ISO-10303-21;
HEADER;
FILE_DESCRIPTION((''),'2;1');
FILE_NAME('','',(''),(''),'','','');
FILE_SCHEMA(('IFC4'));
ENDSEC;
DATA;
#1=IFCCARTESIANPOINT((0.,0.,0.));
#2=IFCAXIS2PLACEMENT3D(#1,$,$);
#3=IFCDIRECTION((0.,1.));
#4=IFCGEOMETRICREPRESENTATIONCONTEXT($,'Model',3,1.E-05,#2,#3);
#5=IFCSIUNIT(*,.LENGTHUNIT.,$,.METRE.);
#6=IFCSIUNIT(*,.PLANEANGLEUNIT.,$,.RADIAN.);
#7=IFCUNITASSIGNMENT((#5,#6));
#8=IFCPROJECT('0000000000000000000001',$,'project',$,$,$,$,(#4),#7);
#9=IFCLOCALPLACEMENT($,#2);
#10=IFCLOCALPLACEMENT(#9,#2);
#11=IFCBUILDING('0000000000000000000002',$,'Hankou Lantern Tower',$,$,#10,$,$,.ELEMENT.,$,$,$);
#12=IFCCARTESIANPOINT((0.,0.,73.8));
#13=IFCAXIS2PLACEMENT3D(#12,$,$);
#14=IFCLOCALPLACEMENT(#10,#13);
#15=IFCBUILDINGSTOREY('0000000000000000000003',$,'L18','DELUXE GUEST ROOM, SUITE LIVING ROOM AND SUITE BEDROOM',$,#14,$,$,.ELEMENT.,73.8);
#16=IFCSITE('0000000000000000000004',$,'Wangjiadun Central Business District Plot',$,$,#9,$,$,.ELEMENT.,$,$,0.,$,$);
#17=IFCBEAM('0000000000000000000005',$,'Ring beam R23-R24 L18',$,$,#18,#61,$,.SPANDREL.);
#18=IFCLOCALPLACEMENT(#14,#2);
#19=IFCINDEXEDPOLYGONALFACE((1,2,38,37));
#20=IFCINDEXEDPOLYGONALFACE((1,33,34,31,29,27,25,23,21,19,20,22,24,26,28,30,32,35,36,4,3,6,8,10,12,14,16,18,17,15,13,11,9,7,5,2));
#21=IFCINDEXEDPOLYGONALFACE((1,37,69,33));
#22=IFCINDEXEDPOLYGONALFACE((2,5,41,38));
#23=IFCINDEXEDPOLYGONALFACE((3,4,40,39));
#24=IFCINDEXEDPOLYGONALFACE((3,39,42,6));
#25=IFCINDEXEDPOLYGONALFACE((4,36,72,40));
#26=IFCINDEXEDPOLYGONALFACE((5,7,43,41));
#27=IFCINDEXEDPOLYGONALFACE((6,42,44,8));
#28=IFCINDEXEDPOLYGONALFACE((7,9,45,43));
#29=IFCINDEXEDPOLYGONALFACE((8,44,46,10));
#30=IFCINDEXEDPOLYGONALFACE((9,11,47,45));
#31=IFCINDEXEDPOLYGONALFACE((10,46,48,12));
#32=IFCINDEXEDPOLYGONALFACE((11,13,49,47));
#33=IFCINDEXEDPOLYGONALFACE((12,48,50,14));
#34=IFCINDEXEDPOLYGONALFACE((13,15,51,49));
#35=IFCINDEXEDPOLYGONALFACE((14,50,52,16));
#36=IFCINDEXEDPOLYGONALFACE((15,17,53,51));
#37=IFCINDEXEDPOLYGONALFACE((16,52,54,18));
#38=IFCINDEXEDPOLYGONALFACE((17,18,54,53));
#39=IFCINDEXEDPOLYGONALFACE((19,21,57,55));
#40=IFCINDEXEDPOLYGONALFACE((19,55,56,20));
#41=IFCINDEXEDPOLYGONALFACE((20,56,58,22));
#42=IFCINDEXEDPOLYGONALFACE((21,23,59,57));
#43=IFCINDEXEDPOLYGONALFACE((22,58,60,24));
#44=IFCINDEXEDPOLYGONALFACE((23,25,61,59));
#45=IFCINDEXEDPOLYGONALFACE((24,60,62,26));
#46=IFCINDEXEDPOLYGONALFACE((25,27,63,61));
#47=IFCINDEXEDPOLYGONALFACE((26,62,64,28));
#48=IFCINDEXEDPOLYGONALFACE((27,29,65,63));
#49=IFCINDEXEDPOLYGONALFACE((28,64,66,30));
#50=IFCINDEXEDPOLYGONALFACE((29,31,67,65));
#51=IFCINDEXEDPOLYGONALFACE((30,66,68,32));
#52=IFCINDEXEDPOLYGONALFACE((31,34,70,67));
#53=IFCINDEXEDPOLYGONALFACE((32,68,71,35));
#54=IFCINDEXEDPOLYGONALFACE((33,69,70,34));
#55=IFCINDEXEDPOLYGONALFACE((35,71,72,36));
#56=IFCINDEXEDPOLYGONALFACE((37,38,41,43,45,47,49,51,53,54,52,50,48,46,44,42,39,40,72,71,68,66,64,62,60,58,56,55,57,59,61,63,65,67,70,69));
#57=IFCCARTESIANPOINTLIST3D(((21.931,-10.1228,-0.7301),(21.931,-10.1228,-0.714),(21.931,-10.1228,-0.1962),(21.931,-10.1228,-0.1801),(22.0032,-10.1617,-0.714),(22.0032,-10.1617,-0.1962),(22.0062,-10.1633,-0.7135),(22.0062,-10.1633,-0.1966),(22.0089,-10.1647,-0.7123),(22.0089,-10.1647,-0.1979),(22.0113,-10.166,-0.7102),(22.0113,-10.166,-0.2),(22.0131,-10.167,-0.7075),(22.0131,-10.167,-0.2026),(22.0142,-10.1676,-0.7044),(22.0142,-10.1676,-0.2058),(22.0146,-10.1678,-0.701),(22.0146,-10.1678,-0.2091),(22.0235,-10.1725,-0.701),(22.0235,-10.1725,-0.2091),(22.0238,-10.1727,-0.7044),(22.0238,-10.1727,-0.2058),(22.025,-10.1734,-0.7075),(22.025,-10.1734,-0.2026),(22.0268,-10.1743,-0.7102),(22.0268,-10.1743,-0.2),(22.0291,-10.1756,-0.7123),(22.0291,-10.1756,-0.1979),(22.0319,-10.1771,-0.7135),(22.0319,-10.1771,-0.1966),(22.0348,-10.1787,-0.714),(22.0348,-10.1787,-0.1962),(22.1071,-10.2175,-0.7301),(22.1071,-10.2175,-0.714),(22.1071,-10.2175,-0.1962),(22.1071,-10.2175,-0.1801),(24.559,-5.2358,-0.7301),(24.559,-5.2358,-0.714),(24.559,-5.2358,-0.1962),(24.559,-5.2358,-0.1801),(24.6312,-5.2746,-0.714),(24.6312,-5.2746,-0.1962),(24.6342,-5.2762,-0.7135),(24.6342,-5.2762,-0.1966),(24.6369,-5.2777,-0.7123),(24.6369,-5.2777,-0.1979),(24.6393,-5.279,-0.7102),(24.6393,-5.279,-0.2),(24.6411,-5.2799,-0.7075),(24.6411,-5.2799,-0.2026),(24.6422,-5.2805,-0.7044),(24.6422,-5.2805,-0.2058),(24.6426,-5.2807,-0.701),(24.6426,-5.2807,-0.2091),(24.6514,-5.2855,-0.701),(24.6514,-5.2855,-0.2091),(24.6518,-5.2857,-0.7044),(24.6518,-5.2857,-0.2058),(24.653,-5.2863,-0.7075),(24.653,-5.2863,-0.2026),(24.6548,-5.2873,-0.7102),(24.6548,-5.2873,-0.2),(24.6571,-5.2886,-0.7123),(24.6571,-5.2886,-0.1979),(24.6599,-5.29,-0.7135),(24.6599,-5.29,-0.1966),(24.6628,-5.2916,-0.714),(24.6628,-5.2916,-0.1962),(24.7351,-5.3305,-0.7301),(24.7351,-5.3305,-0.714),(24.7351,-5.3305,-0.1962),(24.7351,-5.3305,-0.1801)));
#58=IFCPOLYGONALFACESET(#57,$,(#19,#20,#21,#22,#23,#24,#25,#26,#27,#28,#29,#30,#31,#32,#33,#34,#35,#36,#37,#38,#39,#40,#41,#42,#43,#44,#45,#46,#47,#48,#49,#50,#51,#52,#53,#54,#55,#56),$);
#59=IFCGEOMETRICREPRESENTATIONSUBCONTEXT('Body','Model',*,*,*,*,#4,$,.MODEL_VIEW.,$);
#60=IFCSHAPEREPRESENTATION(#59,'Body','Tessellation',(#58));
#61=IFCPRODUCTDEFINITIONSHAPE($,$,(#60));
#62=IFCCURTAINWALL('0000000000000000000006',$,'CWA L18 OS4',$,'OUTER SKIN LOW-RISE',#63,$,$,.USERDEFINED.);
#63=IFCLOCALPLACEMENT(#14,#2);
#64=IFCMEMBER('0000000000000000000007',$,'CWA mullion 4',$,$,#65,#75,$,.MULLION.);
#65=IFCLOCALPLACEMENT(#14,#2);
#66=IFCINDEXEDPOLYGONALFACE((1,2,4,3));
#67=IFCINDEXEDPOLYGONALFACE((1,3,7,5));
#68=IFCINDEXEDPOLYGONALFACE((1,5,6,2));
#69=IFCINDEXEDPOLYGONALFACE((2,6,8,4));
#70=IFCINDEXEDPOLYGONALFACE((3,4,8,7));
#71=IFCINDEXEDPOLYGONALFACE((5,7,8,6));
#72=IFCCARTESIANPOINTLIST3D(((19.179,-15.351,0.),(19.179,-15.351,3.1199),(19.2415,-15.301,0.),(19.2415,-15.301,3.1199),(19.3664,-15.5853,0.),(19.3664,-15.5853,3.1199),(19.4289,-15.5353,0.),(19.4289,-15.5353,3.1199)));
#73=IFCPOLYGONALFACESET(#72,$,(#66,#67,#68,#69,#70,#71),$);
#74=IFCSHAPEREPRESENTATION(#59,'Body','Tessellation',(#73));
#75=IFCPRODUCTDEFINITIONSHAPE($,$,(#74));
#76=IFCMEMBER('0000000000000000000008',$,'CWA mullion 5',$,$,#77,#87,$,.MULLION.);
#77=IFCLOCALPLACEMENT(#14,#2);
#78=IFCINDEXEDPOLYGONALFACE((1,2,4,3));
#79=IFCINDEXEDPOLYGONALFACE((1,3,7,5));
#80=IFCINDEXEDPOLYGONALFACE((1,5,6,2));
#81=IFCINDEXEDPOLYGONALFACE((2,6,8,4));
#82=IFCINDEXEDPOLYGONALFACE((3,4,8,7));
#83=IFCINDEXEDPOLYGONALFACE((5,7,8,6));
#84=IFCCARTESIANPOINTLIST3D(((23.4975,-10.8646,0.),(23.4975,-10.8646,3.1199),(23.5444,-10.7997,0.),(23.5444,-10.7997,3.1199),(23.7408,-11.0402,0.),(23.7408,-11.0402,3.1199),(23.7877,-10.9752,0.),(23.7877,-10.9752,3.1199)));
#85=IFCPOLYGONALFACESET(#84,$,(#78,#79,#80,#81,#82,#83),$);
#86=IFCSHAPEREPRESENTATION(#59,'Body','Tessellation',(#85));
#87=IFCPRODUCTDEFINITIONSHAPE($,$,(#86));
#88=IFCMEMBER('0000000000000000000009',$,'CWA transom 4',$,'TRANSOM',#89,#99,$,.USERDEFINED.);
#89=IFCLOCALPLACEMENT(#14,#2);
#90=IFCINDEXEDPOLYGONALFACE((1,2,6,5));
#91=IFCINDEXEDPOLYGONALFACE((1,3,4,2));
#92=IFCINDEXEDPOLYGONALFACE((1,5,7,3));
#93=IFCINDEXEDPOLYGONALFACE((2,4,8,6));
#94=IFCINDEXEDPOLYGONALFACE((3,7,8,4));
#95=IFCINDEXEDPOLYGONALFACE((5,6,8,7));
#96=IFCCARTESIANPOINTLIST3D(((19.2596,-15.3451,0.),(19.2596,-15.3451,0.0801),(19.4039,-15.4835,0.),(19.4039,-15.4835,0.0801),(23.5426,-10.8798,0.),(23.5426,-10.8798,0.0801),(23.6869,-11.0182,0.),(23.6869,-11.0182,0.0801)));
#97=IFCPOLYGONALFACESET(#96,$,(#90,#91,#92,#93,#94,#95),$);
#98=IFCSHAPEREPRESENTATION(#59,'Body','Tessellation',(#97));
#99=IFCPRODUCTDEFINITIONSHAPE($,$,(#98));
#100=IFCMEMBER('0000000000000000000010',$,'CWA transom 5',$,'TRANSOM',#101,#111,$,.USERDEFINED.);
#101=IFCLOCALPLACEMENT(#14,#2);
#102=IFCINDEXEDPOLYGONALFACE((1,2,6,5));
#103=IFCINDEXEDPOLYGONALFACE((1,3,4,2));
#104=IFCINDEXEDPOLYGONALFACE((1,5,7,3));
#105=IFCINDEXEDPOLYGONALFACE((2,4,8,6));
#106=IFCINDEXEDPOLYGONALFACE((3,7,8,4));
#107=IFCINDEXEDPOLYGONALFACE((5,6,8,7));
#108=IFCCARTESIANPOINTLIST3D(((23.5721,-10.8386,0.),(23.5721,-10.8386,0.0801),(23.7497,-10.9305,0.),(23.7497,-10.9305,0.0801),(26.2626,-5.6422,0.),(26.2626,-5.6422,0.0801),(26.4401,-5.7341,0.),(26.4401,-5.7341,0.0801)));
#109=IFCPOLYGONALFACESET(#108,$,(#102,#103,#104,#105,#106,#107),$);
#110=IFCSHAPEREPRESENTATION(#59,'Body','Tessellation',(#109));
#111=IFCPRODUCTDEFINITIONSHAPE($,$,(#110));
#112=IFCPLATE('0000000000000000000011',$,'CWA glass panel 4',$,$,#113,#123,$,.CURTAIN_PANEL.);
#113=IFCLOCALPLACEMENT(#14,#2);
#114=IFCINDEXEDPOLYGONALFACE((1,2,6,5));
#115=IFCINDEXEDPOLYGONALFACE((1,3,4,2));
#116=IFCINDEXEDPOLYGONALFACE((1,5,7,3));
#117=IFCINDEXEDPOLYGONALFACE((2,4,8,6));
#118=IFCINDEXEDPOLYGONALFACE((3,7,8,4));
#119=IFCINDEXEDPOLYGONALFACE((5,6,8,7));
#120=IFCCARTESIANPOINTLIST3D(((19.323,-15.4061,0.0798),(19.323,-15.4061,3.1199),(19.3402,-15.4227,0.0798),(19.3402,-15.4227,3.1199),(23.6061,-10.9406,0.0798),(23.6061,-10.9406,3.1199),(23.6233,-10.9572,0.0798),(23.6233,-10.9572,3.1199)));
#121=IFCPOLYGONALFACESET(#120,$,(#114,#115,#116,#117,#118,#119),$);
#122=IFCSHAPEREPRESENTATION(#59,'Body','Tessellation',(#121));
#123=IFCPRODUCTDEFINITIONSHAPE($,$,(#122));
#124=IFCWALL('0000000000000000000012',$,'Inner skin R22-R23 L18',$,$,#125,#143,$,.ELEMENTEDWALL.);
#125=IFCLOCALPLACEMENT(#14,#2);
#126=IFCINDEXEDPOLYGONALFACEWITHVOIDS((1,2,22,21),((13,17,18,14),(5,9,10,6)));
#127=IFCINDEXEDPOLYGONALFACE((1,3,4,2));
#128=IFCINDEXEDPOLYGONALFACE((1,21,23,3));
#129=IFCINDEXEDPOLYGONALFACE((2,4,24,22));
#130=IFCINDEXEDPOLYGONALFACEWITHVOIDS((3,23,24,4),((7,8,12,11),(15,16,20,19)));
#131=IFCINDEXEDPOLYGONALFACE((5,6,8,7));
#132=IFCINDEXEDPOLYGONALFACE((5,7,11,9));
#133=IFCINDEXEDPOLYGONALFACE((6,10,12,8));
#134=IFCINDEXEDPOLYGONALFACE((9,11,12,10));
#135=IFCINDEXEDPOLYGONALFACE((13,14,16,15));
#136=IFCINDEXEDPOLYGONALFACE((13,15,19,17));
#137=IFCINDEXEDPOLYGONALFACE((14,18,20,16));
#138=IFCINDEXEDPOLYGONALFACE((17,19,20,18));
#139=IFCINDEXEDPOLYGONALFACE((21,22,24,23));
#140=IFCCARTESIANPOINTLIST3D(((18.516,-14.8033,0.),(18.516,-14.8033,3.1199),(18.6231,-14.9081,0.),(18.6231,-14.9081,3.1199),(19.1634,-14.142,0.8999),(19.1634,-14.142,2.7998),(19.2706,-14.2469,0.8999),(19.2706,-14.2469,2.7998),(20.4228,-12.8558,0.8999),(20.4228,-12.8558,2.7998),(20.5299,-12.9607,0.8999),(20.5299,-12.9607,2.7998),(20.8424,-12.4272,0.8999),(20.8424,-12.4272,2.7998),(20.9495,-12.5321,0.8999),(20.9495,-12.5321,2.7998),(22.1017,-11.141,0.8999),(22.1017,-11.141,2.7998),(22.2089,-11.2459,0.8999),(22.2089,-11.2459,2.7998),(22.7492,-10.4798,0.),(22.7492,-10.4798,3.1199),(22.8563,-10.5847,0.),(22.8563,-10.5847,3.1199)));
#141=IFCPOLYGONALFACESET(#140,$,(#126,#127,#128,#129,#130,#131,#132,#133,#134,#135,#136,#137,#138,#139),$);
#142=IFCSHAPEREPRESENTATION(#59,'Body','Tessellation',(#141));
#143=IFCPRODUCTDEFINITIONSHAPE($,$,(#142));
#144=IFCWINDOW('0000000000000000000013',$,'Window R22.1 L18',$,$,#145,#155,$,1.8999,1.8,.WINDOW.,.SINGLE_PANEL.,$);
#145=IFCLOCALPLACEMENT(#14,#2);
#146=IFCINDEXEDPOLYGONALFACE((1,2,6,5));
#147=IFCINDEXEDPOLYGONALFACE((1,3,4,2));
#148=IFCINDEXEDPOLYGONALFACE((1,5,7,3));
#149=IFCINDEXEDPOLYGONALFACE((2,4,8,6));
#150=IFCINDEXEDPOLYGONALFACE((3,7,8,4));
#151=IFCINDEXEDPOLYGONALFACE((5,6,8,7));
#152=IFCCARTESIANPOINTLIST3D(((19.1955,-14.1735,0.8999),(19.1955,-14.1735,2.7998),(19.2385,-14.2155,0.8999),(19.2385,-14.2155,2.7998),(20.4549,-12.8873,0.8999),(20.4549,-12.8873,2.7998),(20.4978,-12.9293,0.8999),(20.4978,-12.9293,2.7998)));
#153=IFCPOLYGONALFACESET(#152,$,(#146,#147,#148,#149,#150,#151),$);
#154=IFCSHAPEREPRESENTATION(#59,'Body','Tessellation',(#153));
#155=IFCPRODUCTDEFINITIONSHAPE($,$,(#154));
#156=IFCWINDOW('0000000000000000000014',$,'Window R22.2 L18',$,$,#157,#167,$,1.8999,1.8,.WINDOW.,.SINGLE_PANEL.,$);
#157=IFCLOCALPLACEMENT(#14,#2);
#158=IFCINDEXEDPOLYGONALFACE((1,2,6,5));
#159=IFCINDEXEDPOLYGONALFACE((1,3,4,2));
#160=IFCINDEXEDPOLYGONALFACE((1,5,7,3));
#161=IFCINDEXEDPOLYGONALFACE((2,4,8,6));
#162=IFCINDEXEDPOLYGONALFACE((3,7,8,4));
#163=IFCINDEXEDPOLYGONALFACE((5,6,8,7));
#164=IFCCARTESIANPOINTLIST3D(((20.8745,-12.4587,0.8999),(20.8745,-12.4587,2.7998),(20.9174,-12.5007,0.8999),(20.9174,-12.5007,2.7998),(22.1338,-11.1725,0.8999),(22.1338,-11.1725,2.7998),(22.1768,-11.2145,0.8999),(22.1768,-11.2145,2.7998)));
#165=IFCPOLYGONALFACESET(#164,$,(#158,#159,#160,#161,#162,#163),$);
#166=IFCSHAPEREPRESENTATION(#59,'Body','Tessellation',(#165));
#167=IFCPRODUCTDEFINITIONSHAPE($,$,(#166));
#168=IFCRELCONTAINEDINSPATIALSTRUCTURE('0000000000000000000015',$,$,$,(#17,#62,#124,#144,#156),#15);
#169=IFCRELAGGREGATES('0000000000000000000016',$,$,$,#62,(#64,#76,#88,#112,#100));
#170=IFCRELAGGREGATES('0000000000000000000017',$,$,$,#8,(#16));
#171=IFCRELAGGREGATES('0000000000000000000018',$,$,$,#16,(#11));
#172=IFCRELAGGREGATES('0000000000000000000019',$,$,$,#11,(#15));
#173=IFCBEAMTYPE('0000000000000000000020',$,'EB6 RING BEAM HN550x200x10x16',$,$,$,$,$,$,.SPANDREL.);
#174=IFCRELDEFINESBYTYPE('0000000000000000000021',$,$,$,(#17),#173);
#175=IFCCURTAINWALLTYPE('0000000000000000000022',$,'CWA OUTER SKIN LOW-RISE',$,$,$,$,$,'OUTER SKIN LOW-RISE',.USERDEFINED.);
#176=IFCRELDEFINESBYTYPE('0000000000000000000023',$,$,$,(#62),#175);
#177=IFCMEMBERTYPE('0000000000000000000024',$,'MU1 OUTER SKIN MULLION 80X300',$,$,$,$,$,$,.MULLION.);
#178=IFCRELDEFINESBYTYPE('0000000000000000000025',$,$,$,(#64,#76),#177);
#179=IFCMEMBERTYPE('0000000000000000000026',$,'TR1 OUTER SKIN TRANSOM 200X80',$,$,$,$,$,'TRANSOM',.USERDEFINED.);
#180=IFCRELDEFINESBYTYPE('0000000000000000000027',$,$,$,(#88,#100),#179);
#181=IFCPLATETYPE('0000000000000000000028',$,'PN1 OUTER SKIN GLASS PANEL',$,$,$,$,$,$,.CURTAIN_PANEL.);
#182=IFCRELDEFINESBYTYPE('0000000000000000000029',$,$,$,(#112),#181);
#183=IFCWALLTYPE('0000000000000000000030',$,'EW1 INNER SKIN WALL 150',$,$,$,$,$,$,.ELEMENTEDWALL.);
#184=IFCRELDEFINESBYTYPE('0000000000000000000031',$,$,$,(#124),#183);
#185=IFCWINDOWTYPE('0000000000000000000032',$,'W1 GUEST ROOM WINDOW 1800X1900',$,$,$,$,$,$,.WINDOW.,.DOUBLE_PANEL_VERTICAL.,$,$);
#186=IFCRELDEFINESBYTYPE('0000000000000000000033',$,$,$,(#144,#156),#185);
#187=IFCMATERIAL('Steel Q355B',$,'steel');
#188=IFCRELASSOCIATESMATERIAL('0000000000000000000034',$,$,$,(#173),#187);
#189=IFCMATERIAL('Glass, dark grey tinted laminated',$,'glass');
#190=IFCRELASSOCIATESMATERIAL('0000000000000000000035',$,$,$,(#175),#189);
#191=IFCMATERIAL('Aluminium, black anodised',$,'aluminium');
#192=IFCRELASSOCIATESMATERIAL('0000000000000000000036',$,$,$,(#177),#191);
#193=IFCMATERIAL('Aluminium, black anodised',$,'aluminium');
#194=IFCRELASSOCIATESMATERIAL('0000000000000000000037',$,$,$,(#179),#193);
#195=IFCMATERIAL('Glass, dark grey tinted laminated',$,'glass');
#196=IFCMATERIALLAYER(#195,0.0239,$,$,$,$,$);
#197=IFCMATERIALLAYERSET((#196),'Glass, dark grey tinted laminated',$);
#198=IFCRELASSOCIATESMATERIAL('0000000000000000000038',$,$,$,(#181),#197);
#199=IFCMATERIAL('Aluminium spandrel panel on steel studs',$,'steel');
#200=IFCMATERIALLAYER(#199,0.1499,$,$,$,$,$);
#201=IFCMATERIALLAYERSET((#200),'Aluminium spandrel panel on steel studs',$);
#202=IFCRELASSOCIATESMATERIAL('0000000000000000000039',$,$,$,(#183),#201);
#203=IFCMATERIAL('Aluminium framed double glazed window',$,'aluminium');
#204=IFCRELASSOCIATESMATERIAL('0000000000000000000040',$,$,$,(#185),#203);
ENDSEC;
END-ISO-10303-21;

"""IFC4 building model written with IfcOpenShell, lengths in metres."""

from ifc_helpers import new_model, si_unit, direction, frame, frame_2d, origin, origin_2d, place, context, subcontext, project, spatial, rectangle, i_section, extrude, material, layer, layer_set, material_profile, profile_set, type_object, element, fill, aggregate, save


model = new_model("IFC4")

# Units and contexts
model_context = context("Model", 3, precision=1e-05, world=origin(), true_north=direction((0.0, 1.0)))
body_context = subcontext(model_context, "Body", "Model", "MODEL_VIEW")
ifc_project = project(units=[si_unit("LENGTHUNIT", "METRE"), si_unit("PLANEANGLEUNIT", "RADIAN")], contexts=[model_context])

# Site, building, storey
site_placement = place(None, origin())
site = spatial("IfcSite", under=ifc_project, at=site_placement, Name="Wangjiadun Central Business District Plot", CompositionType="ELEMENT", RefElevation=0.0)
building_placement = place(site_placement, origin())
building = spatial("IfcBuilding", under=site, at=building_placement, Name="Hankou Lantern Tower", CompositionType="ELEMENT")
storey_placement = place(building_placement, frame((0.0, 0.0, 73.8)))
storey = spatial("IfcBuildingStorey", under=building, at=storey_placement, Name="L18", Description="DELUXE GUEST ROOM, SUITE LIVING ROOM AND SUITE BEDROOM", CompositionType="ELEMENT", Elevation=73.8)

# Beam
ifc_material_1 = material(Name="Steel Q355B", Category="steel")
ifc_material_profile_1 = material_profile(ifc_material_1, i_section(OverallWidth=0.2, OverallDepth=0.55, WebThickness=0.01, FlangeThickness=0.0161, FilletRadius=0.0129, at=origin_2d()), Name="HN550x200x10x16")
ifc_profile_set_1 = profile_set([ifc_material_profile_1], Name="Steel Q355B")
beam_type = type_object("IfcBeamType", Name="EB6 RING BEAM HN550x200x10x16", PredefinedType="SPANDREL", material=ifc_profile_set_1)
beam_1_placement = place(storey_placement, frame((22.019, -10.1702, -0.4551), z_axis=(0.473609, 0.880735, 0.0), x_axis=(-0.880735, 0.473609, 0.0)))
element("IfcBeam", 1, at=beam_1_placement, inside=storey, type_object=beam_type, Name="Ring beam R23-R24 L18", PredefinedType="SPANDREL", context=body_context, shape_type="SweptSolid", body=[
    extrude(i_section(OverallWidth=0.2, OverallDepth=0.55, WebThickness=0.01, FlangeThickness=0.0161, FilletRadius=0.0129, at=origin_2d()), origin(), (0.0, 0.0, 1.0), 5.5488),
])

# Curtain wall, members, plate
ifc_material_2 = material(Name="Glass, dark grey tinted laminated", Category="glass")
curtain_wall_type = type_object("IfcCurtainWallType", Name="CWA OUTER SKIN LOW-RISE", ElementType="OUTER SKIN LOW-RISE", PredefinedType="USERDEFINED", material=ifc_material_2)
curtain_wall_placement = place(storey_placement, origin())
curtain_wall = element("IfcCurtainWall", 2, at=curtain_wall_placement, inside=storey, type_object=curtain_wall_type, Name="CWA L18 OS4", ObjectType="OUTER SKIN LOW-RISE", PredefinedType="USERDEFINED")
ifc_material_3 = material(Name="Aluminium, black anodised", Category="aluminium")
ifc_material_profile_2 = material_profile(ifc_material_3, rectangle(XDim=0.0801, YDim=0.3, at=origin_2d()), Name="MU1 80X300")
ifc_profile_set_2 = profile_set([ifc_material_profile_2], Name="Aluminium, black anodised")
member_type_1 = type_object("IfcMemberType", Name="MU1 OUTER SKIN MULLION 80X300", PredefinedType="MULLION", material=ifc_profile_set_2)
member_1_placement = place(storey_placement, frame((19.304, -15.4431, 0.0), z_axis=(0.0, 0.0, 1.0), x_axis=(0.780869, 0.624695, 0.0)))
member_1 = element("IfcMember", 3, at=member_1_placement, type_object=member_type_1, Name="CWA mullion 4", PredefinedType="MULLION", context=body_context, shape_type="SweptSolid", body=[
    extrude(rectangle(XDim=0.0801, YDim=0.3, at=origin_2d()), origin(), (0.0, 0.0, 1.0), 3.1199),
])
member_2_placement = place(storey_placement, frame((23.6426, -10.9199, 0.0), z_axis=(0.0, 0.0, 1.0), x_axis=(0.585206, 0.810885, 0.0)))
member_2 = element("IfcMember", 4, at=member_2_placement, type_object=member_type_1, Name="CWA mullion 5", PredefinedType="MULLION", context=body_context, shape_type="SweptSolid", body=[
    extrude(rectangle(XDim=0.0801, YDim=0.3, at=origin_2d()), origin(), (0.0, 0.0, 1.0), 3.1199),
])
ifc_material_4 = material(Name="Aluminium, black anodised", Category="aluminium")
ifc_material_profile_3 = material_profile(ifc_material_4, rectangle(XDim=0.2, YDim=0.0801, at=origin_2d()), Name="TR1 200X80")
ifc_profile_set_3 = profile_set([ifc_material_profile_3], Name="Aluminium, black anodised")
member_type_2 = type_object("IfcMemberType", Name="TR1 OUTER SKIN TRANSOM 200X80", ElementType="TRANSOM", PredefinedType="USERDEFINED", material=ifc_profile_set_3)
member_3_placement = place(storey_placement, frame((19.3318, -15.4143, 0.04), z_axis=(0.692216, 0.721691, 0.0), x_axis=(-0.721691, 0.692216, 0.0)))
member_3 = element("IfcMember", 5, at=member_3_placement, type_object=member_type_2, Name="CWA transom 4", ObjectType="TRANSOM", PredefinedType="USERDEFINED", context=body_context, shape_type="SweptSolid", body=[
    extrude(rectangle(XDim=0.2, YDim=0.0801, at=origin_2d()), origin(), (0.0, 0.0, 1.0), 6.1873),
])
member_4_placement = place(storey_placement, frame((23.6609, -10.8845, 0.04), z_axis=(0.459786, 0.88803, 0.0), x_axis=(-0.88803, 0.459786, 0.0)))
member_4 = element("IfcMember", 6, at=member_4_placement, type_object=member_type_2, Name="CWA transom 5", ObjectType="TRANSOM", PredefinedType="USERDEFINED", context=body_context, shape_type="SweptSolid", body=[
    extrude(rectangle(XDim=0.2, YDim=0.0801, at=origin_2d()), origin(), (0.0, 0.0, 1.0), 5.8516),
])
ifc_material_5 = material(Name="Glass, dark grey tinted laminated", Category="glass")
ifc_layer_1 = layer(ifc_material_5, 0.0239)
ifc_layer_set_1 = layer_set([ifc_layer_1], Name="Glass, dark grey tinted laminated")
plate_type = type_object("IfcPlateType", Name="PN1 OUTER SKIN GLASS PANEL", PredefinedType="CURTAIN_PANEL", material=ifc_layer_set_1)
plate_placement = place(storey_placement, frame((21.4731, -13.1816, 0.0798), z_axis=(0.0, 0.0, 1.0), x_axis=(0.692216, 0.721691, 0.0)))
plate = element("IfcPlate", 7, at=plate_placement, type_object=plate_type, Name="CWA glass panel 4", PredefinedType="CURTAIN_PANEL", context=body_context, shape_type="SweptSolid", body=[
    extrude(rectangle(XDim=6.1875, YDim=0.0239, at=origin_2d()), origin(), (0.0, 0.0, 1.0), 3.04),
])
aggregate(curtain_wall, [member_1, member_2, member_3, plate, member_4])

# Wall, openings, windows
ifc_material_6 = material(Name="Aluminium spandrel panel on steel studs", Category="steel")
ifc_layer_2 = layer(ifc_material_6, 0.1499)
ifc_layer_set_2 = layer_set([ifc_layer_2], Name="Aluminium spandrel panel on steel studs")
wall_type_1 = type_object("IfcWallType", Name="EW1 INNER SKIN WALL 150", PredefinedType="ELEMENTEDWALL", material=ifc_layer_set_2)
wall_1_placement = place(storey_placement, frame((18.5696, -14.8557, 0.0), z_axis=(0.0, 0.0, 1.0), x_axis=(0.699603, 0.714532, 0.0)))
wall_1 = element("IfcWall", 8, at=wall_1_placement, inside=storey, type_object=wall_type_1, Name="Inner skin R22-R23 L18", PredefinedType="ELEMENTEDWALL", context=body_context, shape_type="SweptSolid", body=[
    extrude(rectangle(XDim=6.0508, YDim=0.1499, at=frame_2d((3.0254, 0.0))), origin(), (0.0, 0.0, 1.0), 3.1199),
])
opening_1_placement = place(wall_1_placement, frame((0.9255, 0.0, 0.8999)))
opening_1 = element("IfcOpeningElement", 9, at=opening_1_placement, cuts=wall_1, PredefinedType="OPENING", context=body_context, shape_type="SweptSolid", body=[
    extrude(rectangle(XDim=1.8, YDim=1.8999, at=frame_2d((0.8999, 0.95))), frame((0.0, 0.085, 0.0), z_axis=(0.0, -1.0, 0.0), x_axis=(1.0, 0.0, 0.0)), (0.0, 0.0, 1.0), 0.1699),
])
opening_2_placement = place(wall_1_placement, frame((3.3254, 0.0, 0.8999)))
opening_2 = element("IfcOpeningElement", 10, at=opening_2_placement, cuts=wall_1, PredefinedType="OPENING", context=body_context, shape_type="SweptSolid", body=[
    extrude(rectangle(XDim=1.8, YDim=1.8999, at=frame_2d((0.8999, 0.95))), frame((0.0, 0.085, 0.0), z_axis=(0.0, -1.0, 0.0), x_axis=(1.0, 0.0, 0.0)), (0.0, 0.0, 1.0), 0.1699),
])
ifc_material_7 = material(Name="Aluminium framed double glazed window", Category="aluminium")
window_type = type_object("IfcWindowType", Name="W1 GUEST ROOM WINDOW 1800X1900", PartitioningType="DOUBLE_PANEL_VERTICAL", PredefinedType="WINDOW", material=ifc_material_7)
window_1_placement = place(opening_1_placement, origin())
window_1 = element("IfcWindow", 11, at=window_1_placement, inside=storey, type_object=window_type, Name="Window R22.1 L18", OverallHeight=1.8999, OverallWidth=1.8, PartitioningType="SINGLE_PANEL", PredefinedType="WINDOW", context=body_context, shape_type="SweptSolid", body=[
    extrude(rectangle(XDim=1.8, YDim=1.8999, at=frame_2d((0.8999, 0.95))), frame((0.0, 0.03, 0.0), z_axis=(0.0, -1.0, 0.0), x_axis=(1.0, 0.0, 0.0)), (0.0, 0.0, 1.0), 0.0601),
])
fill(opening_1, window_1)
window_2_placement = place(opening_2_placement, origin())
window_2 = element("IfcWindow", 12, at=window_2_placement, inside=storey, type_object=window_type, Name="Window R22.2 L18", OverallHeight=1.8999, OverallWidth=1.8, PartitioningType="SINGLE_PANEL", PredefinedType="WINDOW", context=body_context, shape_type="SweptSolid", body=[
    extrude(rectangle(XDim=1.8, YDim=1.8999, at=frame_2d((0.8999, 0.95))), frame((0.0, 0.03, 0.0), z_axis=(0.0, -1.0, 0.0), x_axis=(1.0, 0.0, 0.0)), (0.0, 0.0, 1.0), 0.0601),
])
fill(opening_2, window_2)

save(model, "model.ifc")
